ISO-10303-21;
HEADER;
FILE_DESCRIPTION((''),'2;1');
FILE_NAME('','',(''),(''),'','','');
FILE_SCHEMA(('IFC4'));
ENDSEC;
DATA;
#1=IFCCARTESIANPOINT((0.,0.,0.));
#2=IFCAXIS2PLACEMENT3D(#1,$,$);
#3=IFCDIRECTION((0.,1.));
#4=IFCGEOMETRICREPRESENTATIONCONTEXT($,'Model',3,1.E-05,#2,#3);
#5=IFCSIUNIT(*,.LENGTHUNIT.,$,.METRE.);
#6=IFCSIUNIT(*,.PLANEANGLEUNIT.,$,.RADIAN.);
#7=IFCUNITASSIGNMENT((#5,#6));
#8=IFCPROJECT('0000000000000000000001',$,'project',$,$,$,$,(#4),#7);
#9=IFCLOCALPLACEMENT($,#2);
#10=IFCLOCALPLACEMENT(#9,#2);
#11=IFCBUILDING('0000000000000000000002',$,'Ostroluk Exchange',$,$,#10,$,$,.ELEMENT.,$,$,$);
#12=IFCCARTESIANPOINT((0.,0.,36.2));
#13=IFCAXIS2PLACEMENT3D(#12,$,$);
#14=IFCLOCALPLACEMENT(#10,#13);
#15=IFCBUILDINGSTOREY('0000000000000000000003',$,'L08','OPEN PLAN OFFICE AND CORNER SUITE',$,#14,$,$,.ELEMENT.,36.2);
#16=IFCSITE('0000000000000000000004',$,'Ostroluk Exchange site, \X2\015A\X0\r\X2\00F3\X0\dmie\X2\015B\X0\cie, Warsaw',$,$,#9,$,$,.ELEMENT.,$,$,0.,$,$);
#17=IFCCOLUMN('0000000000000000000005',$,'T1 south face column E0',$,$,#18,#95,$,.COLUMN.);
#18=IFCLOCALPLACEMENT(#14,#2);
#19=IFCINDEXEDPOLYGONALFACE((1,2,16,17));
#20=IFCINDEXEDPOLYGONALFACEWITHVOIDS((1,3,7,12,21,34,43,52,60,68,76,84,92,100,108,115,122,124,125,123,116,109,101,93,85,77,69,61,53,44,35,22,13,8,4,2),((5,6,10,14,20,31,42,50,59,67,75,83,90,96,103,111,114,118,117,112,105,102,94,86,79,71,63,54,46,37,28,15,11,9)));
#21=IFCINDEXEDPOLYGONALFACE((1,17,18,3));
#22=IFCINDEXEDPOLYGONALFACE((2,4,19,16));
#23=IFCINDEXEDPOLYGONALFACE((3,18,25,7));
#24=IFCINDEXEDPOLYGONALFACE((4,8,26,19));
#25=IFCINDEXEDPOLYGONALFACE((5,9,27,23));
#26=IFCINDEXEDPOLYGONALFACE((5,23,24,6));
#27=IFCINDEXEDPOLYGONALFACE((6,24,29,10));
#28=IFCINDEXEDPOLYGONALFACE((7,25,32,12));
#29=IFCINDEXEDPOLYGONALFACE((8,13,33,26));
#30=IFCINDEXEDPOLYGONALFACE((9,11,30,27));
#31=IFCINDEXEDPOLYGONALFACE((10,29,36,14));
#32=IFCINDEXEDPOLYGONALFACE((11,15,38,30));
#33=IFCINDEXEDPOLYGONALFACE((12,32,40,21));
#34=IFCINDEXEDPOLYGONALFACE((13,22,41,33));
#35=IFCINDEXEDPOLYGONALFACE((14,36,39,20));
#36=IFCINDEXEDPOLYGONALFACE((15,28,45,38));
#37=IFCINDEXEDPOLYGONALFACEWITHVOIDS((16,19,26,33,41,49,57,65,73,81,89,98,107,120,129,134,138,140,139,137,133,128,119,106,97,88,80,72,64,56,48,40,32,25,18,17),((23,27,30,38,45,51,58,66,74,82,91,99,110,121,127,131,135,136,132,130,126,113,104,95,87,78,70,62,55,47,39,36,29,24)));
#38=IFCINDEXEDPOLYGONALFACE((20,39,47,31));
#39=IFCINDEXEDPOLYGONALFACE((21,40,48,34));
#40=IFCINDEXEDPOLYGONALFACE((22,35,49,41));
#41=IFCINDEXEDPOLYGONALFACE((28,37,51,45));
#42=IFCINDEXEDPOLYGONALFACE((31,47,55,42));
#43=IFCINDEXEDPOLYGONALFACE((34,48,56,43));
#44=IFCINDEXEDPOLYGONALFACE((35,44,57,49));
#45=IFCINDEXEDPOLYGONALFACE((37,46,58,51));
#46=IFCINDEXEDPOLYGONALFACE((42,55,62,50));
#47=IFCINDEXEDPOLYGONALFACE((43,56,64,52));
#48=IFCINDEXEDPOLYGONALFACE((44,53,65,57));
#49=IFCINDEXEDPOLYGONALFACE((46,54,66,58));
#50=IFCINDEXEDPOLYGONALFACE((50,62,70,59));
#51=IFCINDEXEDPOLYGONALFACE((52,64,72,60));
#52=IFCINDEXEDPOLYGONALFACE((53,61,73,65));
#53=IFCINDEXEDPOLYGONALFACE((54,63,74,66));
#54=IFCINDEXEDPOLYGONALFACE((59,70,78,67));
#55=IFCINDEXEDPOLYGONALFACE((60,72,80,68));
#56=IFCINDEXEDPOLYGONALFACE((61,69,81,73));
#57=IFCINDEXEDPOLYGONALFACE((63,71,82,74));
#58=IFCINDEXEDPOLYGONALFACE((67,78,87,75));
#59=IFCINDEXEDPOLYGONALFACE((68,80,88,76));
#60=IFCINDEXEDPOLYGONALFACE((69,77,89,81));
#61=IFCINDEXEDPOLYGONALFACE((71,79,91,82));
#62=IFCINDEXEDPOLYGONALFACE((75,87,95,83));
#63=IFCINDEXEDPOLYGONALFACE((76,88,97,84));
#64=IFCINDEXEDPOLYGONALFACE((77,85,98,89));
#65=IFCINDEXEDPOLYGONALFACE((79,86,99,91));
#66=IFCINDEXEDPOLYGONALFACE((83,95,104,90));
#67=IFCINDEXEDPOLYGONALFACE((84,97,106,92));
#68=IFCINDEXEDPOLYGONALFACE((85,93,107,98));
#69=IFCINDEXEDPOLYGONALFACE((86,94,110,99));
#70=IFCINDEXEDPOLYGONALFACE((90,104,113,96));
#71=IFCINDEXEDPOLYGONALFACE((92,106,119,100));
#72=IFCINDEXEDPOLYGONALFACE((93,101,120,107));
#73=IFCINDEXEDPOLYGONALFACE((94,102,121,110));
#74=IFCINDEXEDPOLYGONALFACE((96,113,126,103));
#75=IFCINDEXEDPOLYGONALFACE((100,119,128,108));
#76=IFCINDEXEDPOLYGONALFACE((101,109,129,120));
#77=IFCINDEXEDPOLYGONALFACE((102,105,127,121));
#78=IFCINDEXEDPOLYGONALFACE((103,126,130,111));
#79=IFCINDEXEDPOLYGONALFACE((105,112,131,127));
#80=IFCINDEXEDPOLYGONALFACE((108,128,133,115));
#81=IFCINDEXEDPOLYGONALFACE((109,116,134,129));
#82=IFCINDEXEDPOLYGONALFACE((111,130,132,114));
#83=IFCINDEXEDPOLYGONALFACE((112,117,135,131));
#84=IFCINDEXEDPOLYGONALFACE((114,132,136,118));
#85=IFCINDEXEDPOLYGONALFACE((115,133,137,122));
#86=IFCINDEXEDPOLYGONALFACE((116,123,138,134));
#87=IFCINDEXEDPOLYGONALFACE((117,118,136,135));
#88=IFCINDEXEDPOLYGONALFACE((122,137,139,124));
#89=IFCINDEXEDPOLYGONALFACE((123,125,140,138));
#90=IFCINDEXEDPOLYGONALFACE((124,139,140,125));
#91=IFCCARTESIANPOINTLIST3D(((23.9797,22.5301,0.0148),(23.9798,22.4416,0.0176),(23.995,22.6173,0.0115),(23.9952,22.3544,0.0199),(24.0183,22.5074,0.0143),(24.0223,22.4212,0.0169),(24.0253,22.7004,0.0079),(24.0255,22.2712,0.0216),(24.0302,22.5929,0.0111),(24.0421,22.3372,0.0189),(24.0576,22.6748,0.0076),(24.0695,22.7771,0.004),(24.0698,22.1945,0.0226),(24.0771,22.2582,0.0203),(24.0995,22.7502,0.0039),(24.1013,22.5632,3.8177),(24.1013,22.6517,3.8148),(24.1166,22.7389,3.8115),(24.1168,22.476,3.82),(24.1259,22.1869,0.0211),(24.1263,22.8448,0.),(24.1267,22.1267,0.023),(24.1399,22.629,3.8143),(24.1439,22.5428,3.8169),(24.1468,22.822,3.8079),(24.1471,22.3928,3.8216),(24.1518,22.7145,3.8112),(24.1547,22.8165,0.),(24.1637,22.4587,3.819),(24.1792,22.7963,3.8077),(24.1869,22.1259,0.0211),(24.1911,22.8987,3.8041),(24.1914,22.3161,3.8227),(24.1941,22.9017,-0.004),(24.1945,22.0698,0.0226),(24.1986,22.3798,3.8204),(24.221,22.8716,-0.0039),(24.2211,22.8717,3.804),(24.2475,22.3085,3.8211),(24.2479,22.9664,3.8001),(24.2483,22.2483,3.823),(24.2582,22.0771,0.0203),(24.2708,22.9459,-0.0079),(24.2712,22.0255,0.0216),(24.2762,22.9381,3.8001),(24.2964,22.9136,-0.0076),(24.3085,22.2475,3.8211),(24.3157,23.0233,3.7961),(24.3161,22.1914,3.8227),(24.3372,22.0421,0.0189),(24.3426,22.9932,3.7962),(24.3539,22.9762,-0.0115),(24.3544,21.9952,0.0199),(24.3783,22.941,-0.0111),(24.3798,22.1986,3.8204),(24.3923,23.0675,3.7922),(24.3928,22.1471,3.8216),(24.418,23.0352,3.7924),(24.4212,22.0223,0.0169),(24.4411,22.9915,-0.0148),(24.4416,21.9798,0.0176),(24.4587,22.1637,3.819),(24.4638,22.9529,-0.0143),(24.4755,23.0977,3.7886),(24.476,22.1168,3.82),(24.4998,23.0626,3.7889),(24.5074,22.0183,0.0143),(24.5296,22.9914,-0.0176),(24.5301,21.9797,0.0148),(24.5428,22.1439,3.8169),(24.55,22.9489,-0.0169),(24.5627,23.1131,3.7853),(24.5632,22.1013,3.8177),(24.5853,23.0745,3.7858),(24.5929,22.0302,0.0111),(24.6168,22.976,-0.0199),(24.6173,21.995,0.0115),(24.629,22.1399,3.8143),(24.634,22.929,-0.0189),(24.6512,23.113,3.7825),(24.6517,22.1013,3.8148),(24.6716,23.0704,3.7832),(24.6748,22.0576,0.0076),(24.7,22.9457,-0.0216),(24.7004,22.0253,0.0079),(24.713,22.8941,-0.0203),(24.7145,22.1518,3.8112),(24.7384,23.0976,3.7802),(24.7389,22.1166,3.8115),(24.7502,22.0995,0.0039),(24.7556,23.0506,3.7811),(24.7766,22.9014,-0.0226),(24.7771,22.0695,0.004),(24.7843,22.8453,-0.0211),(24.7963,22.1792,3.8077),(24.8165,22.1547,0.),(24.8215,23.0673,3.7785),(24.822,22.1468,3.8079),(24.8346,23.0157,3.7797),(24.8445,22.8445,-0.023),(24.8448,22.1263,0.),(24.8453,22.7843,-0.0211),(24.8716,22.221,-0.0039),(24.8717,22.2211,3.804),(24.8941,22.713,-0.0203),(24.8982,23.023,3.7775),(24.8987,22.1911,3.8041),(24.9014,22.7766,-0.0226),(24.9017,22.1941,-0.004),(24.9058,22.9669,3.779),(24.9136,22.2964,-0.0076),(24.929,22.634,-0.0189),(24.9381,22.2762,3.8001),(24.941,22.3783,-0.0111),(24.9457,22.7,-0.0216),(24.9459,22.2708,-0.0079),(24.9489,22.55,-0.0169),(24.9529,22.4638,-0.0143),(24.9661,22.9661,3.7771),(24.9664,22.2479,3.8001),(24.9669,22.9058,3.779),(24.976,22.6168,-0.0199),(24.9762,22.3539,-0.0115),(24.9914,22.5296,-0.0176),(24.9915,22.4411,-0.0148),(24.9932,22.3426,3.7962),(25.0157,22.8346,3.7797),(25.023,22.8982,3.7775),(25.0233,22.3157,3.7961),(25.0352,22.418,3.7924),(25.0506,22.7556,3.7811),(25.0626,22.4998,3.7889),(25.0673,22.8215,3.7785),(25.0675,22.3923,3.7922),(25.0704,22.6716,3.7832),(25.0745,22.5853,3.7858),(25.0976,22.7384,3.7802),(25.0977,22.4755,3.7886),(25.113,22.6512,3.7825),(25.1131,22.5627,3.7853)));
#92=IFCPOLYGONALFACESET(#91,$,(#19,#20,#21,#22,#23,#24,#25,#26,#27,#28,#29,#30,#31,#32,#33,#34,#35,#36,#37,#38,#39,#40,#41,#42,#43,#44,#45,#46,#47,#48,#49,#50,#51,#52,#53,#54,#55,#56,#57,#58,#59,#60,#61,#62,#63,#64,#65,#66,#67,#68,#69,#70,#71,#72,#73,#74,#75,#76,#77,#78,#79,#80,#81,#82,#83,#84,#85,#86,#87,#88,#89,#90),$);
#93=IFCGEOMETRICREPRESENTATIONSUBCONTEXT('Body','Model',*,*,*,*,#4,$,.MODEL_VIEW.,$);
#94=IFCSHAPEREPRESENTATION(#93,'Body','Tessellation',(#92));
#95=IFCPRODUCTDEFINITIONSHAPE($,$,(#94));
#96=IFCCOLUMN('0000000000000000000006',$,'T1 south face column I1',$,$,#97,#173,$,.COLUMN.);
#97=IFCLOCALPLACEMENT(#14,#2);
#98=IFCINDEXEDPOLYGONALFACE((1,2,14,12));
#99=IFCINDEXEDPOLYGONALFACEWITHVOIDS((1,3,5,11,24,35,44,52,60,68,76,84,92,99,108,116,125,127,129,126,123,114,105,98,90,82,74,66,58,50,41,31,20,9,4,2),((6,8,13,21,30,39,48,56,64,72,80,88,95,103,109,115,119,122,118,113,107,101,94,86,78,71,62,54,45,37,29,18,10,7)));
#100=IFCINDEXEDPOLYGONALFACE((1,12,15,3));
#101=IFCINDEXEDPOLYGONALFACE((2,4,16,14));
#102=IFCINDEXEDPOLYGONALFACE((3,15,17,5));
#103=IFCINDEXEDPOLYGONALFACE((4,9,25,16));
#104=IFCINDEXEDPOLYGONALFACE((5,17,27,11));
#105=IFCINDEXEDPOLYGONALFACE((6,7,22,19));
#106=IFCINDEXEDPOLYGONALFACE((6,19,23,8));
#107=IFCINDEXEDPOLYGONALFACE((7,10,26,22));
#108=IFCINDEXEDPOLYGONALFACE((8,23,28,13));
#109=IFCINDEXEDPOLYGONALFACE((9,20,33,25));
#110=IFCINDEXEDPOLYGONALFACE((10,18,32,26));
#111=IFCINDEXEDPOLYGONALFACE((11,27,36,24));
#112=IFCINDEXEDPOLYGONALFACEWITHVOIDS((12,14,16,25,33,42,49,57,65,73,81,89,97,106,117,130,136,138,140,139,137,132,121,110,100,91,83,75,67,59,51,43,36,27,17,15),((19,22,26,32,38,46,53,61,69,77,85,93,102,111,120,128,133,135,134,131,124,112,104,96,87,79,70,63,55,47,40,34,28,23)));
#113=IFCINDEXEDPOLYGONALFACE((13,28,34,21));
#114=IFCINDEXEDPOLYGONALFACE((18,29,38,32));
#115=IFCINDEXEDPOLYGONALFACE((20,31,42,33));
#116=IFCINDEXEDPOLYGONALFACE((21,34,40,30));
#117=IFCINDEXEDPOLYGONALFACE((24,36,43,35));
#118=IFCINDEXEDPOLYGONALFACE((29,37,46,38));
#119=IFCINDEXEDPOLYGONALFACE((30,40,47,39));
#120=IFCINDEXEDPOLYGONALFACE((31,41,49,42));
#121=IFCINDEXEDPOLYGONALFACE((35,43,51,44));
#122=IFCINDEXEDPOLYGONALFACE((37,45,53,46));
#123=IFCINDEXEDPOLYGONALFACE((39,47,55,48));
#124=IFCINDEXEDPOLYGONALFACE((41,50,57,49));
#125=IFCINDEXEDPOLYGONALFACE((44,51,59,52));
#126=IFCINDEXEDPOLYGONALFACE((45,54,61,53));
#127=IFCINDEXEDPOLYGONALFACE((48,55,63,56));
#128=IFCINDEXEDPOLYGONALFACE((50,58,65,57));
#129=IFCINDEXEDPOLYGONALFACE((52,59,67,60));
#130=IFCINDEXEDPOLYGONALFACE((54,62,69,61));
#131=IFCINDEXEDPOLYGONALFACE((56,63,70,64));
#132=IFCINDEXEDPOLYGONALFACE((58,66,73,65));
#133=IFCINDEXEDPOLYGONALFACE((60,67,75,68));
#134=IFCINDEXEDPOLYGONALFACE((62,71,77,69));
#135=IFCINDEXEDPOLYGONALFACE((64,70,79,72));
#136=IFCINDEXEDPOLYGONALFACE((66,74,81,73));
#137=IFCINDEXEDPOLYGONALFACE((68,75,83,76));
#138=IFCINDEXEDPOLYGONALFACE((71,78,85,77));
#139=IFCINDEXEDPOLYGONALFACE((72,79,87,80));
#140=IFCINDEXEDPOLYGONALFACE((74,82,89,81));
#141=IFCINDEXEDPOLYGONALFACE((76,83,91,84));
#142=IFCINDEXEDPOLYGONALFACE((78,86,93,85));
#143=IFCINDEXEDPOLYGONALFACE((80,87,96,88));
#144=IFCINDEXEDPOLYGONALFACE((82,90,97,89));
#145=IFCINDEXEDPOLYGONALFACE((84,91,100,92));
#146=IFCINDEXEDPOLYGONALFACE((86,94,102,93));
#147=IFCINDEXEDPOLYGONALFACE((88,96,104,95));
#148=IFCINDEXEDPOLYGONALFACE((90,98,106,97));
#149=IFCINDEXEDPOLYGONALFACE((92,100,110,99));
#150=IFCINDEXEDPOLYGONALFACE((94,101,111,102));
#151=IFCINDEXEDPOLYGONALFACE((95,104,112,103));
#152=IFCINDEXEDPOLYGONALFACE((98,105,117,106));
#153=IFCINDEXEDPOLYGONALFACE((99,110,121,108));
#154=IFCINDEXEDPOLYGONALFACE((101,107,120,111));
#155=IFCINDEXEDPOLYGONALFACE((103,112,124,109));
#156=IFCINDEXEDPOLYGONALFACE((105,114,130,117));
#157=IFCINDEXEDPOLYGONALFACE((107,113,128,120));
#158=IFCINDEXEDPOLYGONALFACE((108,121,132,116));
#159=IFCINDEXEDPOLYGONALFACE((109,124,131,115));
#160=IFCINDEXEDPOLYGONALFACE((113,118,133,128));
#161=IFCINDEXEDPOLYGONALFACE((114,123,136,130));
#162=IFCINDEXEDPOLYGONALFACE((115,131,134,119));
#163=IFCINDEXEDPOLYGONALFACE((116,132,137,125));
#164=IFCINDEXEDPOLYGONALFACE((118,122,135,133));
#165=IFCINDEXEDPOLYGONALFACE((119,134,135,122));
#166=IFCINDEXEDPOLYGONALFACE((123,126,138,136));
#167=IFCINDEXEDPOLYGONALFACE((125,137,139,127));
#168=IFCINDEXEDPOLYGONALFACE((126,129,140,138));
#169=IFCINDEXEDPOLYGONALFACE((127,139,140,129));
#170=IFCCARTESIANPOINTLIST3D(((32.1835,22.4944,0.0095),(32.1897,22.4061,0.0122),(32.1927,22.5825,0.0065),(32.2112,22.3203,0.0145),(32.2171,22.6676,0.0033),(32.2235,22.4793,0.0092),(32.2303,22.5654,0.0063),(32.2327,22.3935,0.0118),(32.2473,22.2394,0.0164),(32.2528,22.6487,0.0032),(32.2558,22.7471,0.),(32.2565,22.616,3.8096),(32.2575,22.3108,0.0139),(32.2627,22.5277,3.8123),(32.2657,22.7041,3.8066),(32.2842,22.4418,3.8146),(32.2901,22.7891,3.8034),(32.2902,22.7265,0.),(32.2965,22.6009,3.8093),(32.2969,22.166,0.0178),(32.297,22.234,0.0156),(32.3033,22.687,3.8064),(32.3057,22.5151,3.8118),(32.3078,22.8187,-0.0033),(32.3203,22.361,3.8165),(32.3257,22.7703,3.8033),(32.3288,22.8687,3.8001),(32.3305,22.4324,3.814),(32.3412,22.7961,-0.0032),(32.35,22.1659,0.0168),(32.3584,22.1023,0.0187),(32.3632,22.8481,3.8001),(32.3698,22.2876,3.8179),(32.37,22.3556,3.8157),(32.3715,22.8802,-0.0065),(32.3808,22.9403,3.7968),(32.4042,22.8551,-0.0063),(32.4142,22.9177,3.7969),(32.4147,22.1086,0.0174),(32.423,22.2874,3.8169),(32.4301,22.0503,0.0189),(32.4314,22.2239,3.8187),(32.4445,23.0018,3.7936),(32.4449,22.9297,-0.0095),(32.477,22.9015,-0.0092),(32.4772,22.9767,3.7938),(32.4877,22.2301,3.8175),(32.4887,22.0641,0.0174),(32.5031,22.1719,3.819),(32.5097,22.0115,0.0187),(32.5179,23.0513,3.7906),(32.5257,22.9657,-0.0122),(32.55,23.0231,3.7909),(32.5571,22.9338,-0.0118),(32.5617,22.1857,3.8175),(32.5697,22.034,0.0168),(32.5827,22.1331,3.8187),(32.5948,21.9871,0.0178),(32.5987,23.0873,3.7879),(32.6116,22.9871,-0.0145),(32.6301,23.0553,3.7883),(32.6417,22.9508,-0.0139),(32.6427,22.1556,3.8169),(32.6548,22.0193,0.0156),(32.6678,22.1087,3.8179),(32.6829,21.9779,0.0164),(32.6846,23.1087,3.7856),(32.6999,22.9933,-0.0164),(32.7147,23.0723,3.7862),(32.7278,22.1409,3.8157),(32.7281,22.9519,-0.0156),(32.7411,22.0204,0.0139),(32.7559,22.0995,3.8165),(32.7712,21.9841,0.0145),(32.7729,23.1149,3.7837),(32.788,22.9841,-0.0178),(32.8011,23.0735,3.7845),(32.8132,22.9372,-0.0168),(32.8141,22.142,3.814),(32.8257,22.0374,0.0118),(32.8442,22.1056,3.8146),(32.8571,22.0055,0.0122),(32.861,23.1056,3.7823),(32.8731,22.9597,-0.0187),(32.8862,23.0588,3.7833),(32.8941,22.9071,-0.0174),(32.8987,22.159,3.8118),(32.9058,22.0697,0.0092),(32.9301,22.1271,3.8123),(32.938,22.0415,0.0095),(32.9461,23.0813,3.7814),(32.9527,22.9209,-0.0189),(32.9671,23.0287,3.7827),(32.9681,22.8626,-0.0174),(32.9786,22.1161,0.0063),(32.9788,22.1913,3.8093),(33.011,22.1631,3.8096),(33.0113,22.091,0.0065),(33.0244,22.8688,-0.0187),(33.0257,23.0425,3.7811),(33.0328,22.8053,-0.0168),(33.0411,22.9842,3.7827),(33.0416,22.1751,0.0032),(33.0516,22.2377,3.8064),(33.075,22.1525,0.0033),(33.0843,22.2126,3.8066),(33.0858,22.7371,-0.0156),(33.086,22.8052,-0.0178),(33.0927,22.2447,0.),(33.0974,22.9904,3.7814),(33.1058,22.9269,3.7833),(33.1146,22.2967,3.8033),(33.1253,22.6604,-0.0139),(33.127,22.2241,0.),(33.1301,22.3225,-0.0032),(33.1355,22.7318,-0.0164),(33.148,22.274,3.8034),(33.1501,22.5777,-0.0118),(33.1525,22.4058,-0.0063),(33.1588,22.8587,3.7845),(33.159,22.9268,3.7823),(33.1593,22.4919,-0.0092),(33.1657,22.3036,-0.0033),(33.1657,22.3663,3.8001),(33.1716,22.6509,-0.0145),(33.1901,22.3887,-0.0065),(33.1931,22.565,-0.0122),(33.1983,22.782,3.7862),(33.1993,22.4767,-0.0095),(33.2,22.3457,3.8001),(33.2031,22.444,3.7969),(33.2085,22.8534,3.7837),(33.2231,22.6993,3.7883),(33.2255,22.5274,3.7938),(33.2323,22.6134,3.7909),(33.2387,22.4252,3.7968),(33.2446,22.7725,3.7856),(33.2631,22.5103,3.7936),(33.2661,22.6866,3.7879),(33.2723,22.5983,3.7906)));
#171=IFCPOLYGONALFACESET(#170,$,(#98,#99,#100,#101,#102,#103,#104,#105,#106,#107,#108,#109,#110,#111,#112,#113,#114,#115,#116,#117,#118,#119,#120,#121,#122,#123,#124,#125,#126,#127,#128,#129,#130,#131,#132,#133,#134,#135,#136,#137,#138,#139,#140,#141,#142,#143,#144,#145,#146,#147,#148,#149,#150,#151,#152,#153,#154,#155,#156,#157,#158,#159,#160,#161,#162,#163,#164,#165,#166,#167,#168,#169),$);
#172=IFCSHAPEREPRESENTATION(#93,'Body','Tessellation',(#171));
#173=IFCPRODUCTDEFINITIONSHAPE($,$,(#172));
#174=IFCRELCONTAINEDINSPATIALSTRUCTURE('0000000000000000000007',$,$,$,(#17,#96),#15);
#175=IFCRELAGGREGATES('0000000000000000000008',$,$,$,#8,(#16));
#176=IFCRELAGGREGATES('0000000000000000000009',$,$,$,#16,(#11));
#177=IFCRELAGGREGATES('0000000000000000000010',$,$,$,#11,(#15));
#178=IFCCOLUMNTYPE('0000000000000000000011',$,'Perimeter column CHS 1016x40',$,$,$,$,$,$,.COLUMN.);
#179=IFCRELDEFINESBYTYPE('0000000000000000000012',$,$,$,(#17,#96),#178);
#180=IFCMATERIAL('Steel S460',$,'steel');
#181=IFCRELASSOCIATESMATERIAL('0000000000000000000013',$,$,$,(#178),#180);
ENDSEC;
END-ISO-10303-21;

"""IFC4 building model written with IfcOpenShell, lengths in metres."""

from ifc_helpers import new_model, si_unit, direction, frame, origin, origin_2d, place, context, subcontext, project, spatial, hollow_circle, extrude, material, material_profile, profile_set, type_object, element, save


model = new_model("IFC4")

# Units and contexts
model_context = context("Model", 3, precision=1e-05, world=origin(), true_north=direction((0.0, 1.0)))
body_context = subcontext(model_context, "Body", "Model", "MODEL_VIEW")
ifc_project = project(units=[si_unit("LENGTHUNIT", "METRE"), si_unit("PLANEANGLEUNIT", "RADIAN")], contexts=[model_context])

# Site, building, storey
site_placement = place(None, origin())
site = spatial("IfcSite", under=ifc_project, at=site_placement, Name="Ostroluk Exchange site, Śródmieście, Warsaw", CompositionType="ELEMENT", RefElevation=0.0)
building_placement = place(site_placement, origin())
building = spatial("IfcBuilding", under=site, at=building_placement, Name="Ostroluk Exchange", CompositionType="ELEMENT")
storey_placement = place(building_placement, frame((0.0, 0.0, 36.2)))
storey = spatial("IfcBuildingStorey", under=building, at=storey_placement, Name="L08", Description="OPEN PLAN OFFICE AND CORNER SUITE", CompositionType="ELEMENT", Elevation=36.2)

# Columns
ifc_material_1 = material(Name="Steel S460", Category="steel")
ifc_material_profile_1 = material_profile(ifc_material_1, hollow_circle(Radius=0.5081, WallThickness=0.04, at=origin_2d()), Name="CHS 1016x40")
ifc_profile_set_1 = profile_set([ifc_material_profile_1], Name="Steel S460")
column_type = type_object("IfcColumnType", Name="Perimeter column CHS 1016x40", PredefinedType="COLUMN", material=ifc_profile_set_1)
column_1_placement = place(storey_placement, frame((24.4856, 22.4856, 0.0), z_axis=(0.031962, 0.031962, 0.998978), x_axis=(-0.707107, 0.707107, 0.0)))
element("IfcColumn", 1, at=column_1_placement, inside=storey, type_object=column_type, Name="T1 south face column E0", PredefinedType="COLUMN", context=body_context, shape_type="SweptSolid", body=[
    extrude(hollow_circle(Radius=0.5081, WallThickness=0.04, at=origin_2d()), origin(), (0.0, 0.0, 1.0), 3.804),
])
column_2_placement = place(storey_placement, frame((32.6914, 22.4856, 0.0), z_axis=(0.019196, 0.031973, 0.999304), x_axis=(-0.857341, 0.514749, 0.0)))
element("IfcColumn", 2, at=column_2_placement, inside=storey, type_object=column_type, Name="T1 south face column I1", PredefinedType="COLUMN", context=body_context, shape_type="SweptSolid", body=[
    extrude(hollow_circle(Radius=0.5081, WallThickness=0.04, at=origin_2d()), origin(), (0.0, 0.0, 1.0), 3.8027),
])

save(model, "model.ifc")
